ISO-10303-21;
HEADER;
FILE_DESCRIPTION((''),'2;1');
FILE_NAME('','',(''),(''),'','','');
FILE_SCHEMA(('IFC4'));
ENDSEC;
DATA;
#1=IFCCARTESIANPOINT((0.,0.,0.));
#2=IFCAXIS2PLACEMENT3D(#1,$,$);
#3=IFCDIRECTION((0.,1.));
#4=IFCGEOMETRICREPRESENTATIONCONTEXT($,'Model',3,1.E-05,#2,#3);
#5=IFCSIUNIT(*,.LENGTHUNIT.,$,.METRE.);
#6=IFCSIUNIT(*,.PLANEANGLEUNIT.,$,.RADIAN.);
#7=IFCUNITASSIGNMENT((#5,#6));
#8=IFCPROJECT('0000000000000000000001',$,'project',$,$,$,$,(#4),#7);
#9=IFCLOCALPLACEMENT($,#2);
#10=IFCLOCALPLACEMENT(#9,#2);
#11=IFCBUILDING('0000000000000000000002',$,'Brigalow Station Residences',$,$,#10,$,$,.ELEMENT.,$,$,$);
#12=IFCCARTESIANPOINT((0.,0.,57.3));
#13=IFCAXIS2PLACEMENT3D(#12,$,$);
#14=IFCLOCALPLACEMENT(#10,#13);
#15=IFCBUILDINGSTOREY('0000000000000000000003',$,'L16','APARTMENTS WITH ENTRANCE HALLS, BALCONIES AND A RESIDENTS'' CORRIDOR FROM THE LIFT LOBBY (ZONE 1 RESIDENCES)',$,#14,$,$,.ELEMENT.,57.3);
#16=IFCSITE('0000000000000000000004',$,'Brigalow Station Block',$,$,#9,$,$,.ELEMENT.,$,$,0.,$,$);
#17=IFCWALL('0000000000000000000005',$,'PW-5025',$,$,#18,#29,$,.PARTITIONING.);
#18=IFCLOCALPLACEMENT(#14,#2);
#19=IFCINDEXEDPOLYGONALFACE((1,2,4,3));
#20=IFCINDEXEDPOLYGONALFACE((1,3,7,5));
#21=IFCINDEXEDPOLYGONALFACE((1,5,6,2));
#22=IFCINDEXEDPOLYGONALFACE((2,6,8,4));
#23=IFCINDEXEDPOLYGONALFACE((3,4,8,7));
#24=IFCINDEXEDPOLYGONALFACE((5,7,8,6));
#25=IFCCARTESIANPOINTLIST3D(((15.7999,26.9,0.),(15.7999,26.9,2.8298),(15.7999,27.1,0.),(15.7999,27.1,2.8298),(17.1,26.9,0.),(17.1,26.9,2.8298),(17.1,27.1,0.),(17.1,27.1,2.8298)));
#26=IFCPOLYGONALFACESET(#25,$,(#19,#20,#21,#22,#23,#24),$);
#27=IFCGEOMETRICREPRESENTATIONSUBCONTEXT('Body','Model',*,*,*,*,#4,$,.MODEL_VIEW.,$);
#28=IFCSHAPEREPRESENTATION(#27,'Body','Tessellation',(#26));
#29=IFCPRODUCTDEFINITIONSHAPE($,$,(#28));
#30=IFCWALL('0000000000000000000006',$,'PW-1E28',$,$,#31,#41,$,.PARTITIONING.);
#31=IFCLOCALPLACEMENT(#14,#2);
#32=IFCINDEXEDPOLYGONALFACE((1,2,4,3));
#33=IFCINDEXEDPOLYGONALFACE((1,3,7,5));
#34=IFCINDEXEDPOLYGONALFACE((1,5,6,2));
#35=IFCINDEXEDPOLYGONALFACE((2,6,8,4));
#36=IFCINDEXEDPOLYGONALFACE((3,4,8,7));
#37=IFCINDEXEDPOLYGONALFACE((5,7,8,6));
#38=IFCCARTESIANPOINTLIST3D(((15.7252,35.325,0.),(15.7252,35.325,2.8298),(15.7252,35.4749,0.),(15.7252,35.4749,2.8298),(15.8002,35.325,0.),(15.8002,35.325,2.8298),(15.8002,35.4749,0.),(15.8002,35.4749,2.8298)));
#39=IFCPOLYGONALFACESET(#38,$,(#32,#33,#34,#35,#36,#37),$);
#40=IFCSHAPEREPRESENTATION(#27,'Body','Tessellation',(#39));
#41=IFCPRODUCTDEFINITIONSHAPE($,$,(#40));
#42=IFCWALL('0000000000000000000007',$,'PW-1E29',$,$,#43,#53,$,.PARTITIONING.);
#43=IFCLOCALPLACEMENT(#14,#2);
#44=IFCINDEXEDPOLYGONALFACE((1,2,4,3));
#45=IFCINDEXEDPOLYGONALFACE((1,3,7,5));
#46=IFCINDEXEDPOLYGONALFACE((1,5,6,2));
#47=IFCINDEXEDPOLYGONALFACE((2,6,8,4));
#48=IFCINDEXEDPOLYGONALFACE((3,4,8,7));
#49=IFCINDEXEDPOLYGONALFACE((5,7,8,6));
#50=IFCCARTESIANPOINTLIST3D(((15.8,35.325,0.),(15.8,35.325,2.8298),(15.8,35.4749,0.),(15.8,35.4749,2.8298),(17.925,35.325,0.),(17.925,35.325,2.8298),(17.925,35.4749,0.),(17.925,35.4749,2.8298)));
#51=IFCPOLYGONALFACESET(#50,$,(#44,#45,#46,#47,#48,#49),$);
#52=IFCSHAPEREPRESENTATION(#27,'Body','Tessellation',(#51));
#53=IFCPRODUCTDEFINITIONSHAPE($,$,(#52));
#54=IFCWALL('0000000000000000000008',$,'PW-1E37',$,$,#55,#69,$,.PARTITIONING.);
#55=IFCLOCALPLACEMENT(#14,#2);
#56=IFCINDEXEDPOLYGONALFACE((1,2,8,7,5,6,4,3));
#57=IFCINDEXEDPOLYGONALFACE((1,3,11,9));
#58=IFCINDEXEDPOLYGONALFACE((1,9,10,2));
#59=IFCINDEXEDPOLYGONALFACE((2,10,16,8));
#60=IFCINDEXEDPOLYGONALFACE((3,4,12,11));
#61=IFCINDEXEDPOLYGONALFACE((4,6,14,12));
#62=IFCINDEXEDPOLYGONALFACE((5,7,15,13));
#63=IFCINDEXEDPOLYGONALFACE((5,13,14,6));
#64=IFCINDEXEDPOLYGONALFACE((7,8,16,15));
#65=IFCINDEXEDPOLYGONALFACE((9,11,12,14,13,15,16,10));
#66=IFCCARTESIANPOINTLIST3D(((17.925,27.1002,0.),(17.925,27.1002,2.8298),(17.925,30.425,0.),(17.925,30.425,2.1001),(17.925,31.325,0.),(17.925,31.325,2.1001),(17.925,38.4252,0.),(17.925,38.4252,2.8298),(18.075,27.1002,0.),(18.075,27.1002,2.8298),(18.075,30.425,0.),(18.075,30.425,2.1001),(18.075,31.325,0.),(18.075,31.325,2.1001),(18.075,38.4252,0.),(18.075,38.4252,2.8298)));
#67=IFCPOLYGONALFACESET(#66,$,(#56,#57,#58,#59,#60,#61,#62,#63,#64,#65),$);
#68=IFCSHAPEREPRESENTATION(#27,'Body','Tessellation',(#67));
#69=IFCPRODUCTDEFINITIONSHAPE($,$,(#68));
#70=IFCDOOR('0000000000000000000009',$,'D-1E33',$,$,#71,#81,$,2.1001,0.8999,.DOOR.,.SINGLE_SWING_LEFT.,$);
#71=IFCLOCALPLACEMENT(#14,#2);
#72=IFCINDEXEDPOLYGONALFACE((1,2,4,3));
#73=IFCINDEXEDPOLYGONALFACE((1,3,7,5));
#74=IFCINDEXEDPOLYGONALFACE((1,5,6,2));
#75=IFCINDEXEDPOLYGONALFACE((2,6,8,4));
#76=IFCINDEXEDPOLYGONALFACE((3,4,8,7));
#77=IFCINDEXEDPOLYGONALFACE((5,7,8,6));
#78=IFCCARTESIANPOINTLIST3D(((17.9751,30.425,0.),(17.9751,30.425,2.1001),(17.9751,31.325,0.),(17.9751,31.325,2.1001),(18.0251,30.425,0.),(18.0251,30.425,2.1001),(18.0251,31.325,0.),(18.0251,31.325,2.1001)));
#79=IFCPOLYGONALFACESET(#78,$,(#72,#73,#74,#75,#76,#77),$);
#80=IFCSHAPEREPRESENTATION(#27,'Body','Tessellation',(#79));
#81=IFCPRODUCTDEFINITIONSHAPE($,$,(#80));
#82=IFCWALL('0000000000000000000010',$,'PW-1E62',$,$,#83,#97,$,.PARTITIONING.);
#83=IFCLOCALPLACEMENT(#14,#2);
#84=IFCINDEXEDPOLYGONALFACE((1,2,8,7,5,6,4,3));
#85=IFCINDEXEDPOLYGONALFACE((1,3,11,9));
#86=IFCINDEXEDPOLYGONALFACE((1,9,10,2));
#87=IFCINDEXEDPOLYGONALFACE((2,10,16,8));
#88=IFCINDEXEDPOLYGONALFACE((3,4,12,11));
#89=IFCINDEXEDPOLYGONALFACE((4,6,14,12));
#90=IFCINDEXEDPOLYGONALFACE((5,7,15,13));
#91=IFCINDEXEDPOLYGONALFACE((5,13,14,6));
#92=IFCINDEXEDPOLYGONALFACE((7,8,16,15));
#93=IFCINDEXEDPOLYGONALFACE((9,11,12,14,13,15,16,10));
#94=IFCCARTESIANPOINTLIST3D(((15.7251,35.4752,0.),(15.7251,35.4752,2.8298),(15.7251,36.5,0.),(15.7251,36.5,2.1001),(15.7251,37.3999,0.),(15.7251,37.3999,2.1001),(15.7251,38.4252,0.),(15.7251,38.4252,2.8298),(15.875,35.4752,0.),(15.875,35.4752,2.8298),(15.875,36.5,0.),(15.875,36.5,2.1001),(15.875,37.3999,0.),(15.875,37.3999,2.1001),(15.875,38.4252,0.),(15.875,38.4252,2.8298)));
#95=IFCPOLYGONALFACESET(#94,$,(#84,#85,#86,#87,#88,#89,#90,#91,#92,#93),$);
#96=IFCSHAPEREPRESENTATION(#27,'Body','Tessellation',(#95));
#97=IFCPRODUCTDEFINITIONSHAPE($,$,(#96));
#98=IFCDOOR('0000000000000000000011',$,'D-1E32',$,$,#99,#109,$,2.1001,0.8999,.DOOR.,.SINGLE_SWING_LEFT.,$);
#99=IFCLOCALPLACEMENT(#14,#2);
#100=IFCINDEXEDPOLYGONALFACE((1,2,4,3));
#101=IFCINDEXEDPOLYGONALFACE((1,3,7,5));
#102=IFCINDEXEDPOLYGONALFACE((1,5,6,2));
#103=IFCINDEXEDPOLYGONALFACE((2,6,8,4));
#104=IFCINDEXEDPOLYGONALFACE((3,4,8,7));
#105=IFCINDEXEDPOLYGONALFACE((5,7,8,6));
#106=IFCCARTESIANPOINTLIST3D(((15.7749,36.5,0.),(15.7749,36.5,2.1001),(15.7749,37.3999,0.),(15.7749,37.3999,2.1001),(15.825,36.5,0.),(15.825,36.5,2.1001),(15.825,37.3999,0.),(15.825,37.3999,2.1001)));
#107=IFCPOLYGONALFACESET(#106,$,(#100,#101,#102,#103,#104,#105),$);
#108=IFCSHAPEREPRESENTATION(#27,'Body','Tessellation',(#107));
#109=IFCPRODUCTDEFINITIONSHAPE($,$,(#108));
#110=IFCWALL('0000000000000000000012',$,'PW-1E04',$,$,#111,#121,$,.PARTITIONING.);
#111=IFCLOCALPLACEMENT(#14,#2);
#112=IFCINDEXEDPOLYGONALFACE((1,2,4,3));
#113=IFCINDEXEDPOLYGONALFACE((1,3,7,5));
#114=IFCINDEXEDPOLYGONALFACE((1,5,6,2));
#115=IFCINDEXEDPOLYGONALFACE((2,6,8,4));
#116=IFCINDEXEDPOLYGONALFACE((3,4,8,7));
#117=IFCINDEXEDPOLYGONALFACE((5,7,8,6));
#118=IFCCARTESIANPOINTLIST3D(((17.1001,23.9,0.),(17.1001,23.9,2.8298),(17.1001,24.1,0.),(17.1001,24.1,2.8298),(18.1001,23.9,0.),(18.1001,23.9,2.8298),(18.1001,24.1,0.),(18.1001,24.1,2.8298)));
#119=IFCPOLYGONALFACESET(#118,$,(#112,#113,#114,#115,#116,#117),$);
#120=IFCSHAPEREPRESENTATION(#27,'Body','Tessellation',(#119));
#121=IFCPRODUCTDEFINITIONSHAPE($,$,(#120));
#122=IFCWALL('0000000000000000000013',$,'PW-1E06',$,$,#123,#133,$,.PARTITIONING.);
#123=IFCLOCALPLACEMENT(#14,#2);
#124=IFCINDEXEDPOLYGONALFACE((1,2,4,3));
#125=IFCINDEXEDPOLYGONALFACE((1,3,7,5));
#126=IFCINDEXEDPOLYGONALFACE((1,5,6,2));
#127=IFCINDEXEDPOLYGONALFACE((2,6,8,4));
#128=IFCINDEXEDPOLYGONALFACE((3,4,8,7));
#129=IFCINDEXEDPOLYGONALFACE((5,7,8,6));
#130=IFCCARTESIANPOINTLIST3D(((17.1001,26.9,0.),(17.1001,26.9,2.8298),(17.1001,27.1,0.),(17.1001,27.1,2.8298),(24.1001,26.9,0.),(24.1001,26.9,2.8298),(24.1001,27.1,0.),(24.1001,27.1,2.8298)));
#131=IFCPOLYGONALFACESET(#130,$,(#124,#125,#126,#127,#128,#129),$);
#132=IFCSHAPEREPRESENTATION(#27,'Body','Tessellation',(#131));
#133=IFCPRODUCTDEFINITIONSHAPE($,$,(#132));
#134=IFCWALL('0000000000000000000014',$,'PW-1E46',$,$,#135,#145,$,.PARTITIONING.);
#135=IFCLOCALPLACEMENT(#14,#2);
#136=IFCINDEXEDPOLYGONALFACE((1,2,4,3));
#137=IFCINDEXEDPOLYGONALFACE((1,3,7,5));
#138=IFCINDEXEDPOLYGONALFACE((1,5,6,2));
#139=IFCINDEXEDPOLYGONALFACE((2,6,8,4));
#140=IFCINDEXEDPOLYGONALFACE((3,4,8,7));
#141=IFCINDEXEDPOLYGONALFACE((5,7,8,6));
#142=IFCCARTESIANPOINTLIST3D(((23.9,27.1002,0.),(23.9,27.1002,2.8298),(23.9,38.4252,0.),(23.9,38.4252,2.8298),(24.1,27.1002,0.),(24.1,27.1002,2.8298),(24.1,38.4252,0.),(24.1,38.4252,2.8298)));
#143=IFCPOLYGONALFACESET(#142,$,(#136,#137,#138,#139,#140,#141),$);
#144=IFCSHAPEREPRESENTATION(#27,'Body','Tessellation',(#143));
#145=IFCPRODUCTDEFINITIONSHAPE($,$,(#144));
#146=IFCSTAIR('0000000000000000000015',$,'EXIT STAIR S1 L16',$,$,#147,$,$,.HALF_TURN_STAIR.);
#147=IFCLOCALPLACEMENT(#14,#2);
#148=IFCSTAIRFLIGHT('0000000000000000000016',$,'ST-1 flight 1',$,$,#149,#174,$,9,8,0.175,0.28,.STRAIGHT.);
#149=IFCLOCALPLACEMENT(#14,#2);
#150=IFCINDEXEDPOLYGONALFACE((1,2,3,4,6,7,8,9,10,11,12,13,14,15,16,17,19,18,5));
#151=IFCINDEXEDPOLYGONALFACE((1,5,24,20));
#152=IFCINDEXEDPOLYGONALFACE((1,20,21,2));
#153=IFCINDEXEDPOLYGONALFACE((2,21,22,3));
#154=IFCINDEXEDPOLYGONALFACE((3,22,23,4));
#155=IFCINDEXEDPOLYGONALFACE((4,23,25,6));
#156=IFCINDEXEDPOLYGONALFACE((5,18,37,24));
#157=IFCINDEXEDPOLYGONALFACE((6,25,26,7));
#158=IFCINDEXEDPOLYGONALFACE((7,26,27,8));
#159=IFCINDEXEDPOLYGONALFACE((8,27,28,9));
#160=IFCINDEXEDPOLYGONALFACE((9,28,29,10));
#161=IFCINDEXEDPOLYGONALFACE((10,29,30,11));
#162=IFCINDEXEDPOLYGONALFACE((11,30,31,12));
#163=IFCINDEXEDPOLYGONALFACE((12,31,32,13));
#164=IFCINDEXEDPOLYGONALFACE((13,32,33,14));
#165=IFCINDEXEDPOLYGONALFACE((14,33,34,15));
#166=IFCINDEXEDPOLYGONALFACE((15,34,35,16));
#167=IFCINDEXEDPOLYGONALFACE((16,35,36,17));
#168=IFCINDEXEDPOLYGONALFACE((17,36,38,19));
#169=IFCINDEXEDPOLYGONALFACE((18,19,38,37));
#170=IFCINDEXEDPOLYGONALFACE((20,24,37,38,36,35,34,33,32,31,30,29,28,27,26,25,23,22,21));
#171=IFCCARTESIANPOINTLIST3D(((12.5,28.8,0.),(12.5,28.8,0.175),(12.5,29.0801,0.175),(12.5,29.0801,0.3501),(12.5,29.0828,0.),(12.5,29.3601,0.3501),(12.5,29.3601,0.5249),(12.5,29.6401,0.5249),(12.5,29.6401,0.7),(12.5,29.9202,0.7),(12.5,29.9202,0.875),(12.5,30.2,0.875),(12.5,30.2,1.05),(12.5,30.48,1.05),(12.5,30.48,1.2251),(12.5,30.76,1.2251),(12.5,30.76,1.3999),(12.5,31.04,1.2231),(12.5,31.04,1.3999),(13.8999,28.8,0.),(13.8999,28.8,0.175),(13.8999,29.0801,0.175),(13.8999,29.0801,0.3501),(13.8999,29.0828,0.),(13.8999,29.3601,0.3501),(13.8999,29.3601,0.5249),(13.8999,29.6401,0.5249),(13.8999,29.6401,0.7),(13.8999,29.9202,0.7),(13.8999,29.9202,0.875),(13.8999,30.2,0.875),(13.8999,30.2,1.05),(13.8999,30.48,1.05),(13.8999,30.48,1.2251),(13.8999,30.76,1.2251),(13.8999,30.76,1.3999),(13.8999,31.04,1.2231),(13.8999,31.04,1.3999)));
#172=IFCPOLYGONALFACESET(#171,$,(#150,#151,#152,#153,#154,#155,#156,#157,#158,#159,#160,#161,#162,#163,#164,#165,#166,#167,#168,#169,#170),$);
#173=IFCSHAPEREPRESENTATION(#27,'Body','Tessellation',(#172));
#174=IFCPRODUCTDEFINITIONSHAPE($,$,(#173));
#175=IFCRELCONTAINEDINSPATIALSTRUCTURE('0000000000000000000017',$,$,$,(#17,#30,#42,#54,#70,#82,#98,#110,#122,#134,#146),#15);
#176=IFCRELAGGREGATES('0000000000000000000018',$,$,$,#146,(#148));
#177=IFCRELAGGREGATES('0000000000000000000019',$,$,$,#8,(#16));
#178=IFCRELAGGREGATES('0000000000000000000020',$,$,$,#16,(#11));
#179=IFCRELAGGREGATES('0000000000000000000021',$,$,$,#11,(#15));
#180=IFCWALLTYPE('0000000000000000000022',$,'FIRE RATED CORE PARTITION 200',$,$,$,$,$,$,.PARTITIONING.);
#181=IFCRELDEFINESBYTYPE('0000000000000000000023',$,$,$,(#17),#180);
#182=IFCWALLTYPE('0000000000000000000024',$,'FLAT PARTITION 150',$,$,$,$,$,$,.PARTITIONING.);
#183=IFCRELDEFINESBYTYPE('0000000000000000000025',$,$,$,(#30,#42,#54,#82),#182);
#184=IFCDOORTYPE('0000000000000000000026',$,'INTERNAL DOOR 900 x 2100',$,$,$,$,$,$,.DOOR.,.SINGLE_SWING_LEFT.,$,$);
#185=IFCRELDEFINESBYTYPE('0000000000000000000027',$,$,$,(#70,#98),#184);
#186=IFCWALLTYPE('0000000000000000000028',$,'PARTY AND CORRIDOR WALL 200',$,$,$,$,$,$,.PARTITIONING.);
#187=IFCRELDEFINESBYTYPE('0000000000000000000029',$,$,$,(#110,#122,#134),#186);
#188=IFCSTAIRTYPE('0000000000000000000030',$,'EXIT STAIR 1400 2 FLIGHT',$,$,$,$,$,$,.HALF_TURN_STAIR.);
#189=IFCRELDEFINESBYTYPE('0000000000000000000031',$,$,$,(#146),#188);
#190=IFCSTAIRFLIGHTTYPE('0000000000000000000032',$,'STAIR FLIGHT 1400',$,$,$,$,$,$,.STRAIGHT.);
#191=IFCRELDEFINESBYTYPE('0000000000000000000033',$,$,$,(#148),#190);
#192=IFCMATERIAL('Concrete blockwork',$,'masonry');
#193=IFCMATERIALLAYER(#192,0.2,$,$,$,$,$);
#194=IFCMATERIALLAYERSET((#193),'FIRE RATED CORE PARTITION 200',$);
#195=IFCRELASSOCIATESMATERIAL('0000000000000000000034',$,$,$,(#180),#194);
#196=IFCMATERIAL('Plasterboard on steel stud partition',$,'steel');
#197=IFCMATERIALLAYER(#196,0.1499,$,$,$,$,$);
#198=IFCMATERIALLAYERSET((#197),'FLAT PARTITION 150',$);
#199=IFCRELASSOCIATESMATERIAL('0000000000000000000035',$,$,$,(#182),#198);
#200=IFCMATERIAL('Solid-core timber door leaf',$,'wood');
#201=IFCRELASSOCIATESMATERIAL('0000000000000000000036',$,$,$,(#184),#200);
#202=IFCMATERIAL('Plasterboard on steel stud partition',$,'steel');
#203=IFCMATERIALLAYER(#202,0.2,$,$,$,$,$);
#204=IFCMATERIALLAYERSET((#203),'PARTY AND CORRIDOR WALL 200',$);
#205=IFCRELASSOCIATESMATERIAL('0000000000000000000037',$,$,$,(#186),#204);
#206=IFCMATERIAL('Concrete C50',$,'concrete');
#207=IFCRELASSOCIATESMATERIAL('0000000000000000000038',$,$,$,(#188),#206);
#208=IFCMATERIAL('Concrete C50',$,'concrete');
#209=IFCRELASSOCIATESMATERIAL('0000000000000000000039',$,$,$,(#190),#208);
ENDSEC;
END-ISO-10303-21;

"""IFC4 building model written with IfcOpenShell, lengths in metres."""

from ifc_helpers import new_model, si_unit, direction, frame, frame_2d, origin, place, context, subcontext, project, spatial, polyline, rectangle, outline, extrude, material, layer, layer_set, type_object, element, fill, aggregate, save


model = new_model("IFC4")

# Units and contexts
model_context = context("Model", 3, precision=1e-05, world=origin(), true_north=direction((0.0, 1.0)))
body_context = subcontext(model_context, "Body", "Model", "MODEL_VIEW")
ifc_project = project(units=[si_unit("LENGTHUNIT", "METRE"), si_unit("PLANEANGLEUNIT", "RADIAN")], contexts=[model_context])

# Site, building, storey
site_placement = place(None, origin())
site = spatial("IfcSite", under=ifc_project, at=site_placement, Name="Brigalow Station Block", CompositionType="ELEMENT", RefElevation=0.0)
building_placement = place(site_placement, origin())
building = spatial("IfcBuilding", under=site, at=building_placement, Name="Brigalow Station Residences", CompositionType="ELEMENT")
storey_placement = place(building_placement, frame((0.0, 0.0, 57.3)))
storey = spatial("IfcBuildingStorey", under=building, at=storey_placement, Name="L16", Description="APARTMENTS WITH ENTRANCE HALLS, BALCONIES AND A RESIDENTS' CORRIDOR FROM THE LIFT LOBBY (ZONE 1 RESIDENCES)", CompositionType="ELEMENT", Elevation=57.3)

# Walls
ifc_material_1 = material(Name="Concrete blockwork", Category="masonry")
ifc_layer_1 = layer(ifc_material_1, 0.2)
ifc_layer_set_1 = layer_set([ifc_layer_1], Name="FIRE RATED CORE PARTITION 200")
wall_type_1 = type_object("IfcWallType", Name="FIRE RATED CORE PARTITION 200", PredefinedType="PARTITIONING", material=ifc_layer_set_1)
wall_1_placement = place(storey_placement, frame((15.8, 27.0, 0.0), z_axis=(0.0, 0.0, 1.0), x_axis=(1.0, 0.0, 0.0)))
element("IfcWall", 1, at=wall_1_placement, inside=storey, type_object=wall_type_1, Name="PW-5025", PredefinedType="PARTITIONING", context=body_context, shape_type="SweptSolid", body=[
    extrude(rectangle(XDim=1.3, YDim=0.2, at=frame_2d((0.6499, 0.0))), origin(), (0.0, 0.0, 1.0), 2.8298),
])
ifc_material_2 = material(Name="Plasterboard on steel stud partition", Category="steel")
ifc_layer_2 = layer(ifc_material_2, 0.1499)
ifc_layer_set_2 = layer_set([ifc_layer_2], Name="FLAT PARTITION 150")
wall_type_2 = type_object("IfcWallType", Name="FLAT PARTITION 150", PredefinedType="PARTITIONING", material=ifc_layer_set_2)
wall_2_placement = place(storey_placement, frame((15.7251, 35.3999, 0.0), z_axis=(0.0, 0.0, 1.0), x_axis=(1.0, 0.0, 0.0)))
element("IfcWall", 2, at=wall_2_placement, inside=storey, type_object=wall_type_2, Name="PW-1E28", PredefinedType="PARTITIONING", context=body_context, shape_type="SweptSolid", body=[
    extrude(rectangle(XDim=0.075, YDim=0.1499, at=frame_2d((0.0376, 0.0))), origin(), (0.0, 0.0, 1.0), 2.8298),
])
wall_3_placement = place(storey_placement, frame((15.8, 35.3999, 0.0), z_axis=(0.0, 0.0, 1.0), x_axis=(1.0, 0.0, 0.0)))
element("IfcWall", 3, at=wall_3_placement, inside=storey, type_object=wall_type_2, Name="PW-1E29", PredefinedType="PARTITIONING", context=body_context, shape_type="SweptSolid", body=[
    extrude(rectangle(XDim=2.125, YDim=0.1499, at=frame_2d((1.0625, 0.0))), origin(), (0.0, 0.0, 1.0), 2.8298),
])

# Walls, openings, doors
wall_4_placement = place(storey_placement, frame((18.0, 27.1001, 0.0), z_axis=(0.0, 0.0, 1.0), x_axis=(0.0, 1.0, 0.0)))
wall_4 = element("IfcWall", 4, at=wall_4_placement, inside=storey, type_object=wall_type_2, Name="PW-1E37", PredefinedType="PARTITIONING", context=body_context, shape_type="SweptSolid", body=[
    extrude(rectangle(XDim=11.325, YDim=0.1499, at=frame_2d((5.6626, 0.0))), origin(), (0.0, 0.0, 1.0), 2.8298),
])
opening_1_placement = place(wall_4_placement, frame((3.325, 0.0, 0.0)))
opening_1 = element("IfcOpeningElement", 5, at=opening_1_placement, cuts=wall_4, PredefinedType="OPENING", context=body_context, shape_type="SweptSolid", body=[
    extrude(rectangle(XDim=0.8999, YDim=2.1001, at=frame_2d((0.45, 1.05))), frame((0.0, 0.085, 0.0), z_axis=(0.0, -1.0, 0.0), x_axis=(1.0, 0.0, 0.0)), (0.0, 0.0, 1.0), 0.1699),
])
ifc_material_3 = material(Name="Solid-core timber door leaf", Category="wood")
door_type = type_object("IfcDoorType", Name="INTERNAL DOOR 900 x 2100", OperationType="SINGLE_SWING_LEFT", PredefinedType="DOOR", material=ifc_material_3)
door_1_placement = place(opening_1_placement, origin())
door_1 = element("IfcDoor", 6, at=door_1_placement, inside=storey, type_object=door_type, Name="D-1E33", OperationType="SINGLE_SWING_LEFT", OverallHeight=2.1001, OverallWidth=0.8999, PredefinedType="DOOR", context=body_context, shape_type="SweptSolid", body=[
    extrude(rectangle(XDim=0.8999, YDim=2.1001, at=frame_2d((0.45, 1.05))), frame((0.0, 0.0249, 0.0), z_axis=(0.0, -1.0, 0.0), x_axis=(1.0, 0.0, 0.0)), (0.0, 0.0, 1.0), 0.05),
])
fill(opening_1, door_1)
wall_5_placement = place(storey_placement, frame((15.8, 35.4751, 0.0), z_axis=(0.0, 0.0, 1.0), x_axis=(0.0, 1.0, 0.0)))
wall_5 = element("IfcWall", 7, at=wall_5_placement, inside=storey, type_object=wall_type_2, Name="PW-1E62", PredefinedType="PARTITIONING", context=body_context, shape_type="SweptSolid", body=[
    extrude(rectangle(XDim=2.95, YDim=0.1499, at=frame_2d((1.4751, 0.0))), origin(), (0.0, 0.0, 1.0), 2.8298),
])
opening_2_placement = place(wall_5_placement, frame((1.0249, 0.0, 0.0)))
opening_2 = element("IfcOpeningElement", 8, at=opening_2_placement, cuts=wall_5, PredefinedType="OPENING", context=body_context, shape_type="SweptSolid", body=[
    extrude(rectangle(XDim=0.8999, YDim=2.1001, at=frame_2d((0.45, 1.05))), frame((0.0, 0.085, 0.0), z_axis=(0.0, -1.0, 0.0), x_axis=(1.0, 0.0, 0.0)), (0.0, 0.0, 1.0), 0.1699),
])
door_2_placement = place(opening_2_placement, frame((0.8999, 0.0, 0.0), z_axis=(0.0, 0.0, 1.0), x_axis=(-1.0, 0.0, 0.0)))
door_2 = element("IfcDoor", 9, at=door_2_placement, inside=storey, type_object=door_type, Name="D-1E32", OperationType="SINGLE_SWING_LEFT", OverallHeight=2.1001, OverallWidth=0.8999, PredefinedType="DOOR", context=body_context, shape_type="SweptSolid", body=[
    extrude(rectangle(XDim=0.8999, YDim=2.1001, at=frame_2d((0.45, 1.05))), frame((0.0, 0.0249, 0.0), z_axis=(0.0, -1.0, 0.0), x_axis=(1.0, 0.0, 0.0)), (0.0, 0.0, 1.0), 0.05),
])
fill(opening_2, door_2)

# Walls
ifc_material_4 = material(Name="Plasterboard on steel stud partition", Category="steel")
ifc_layer_3 = layer(ifc_material_4, 0.2)
ifc_layer_set_3 = layer_set([ifc_layer_3], Name="PARTY AND CORRIDOR WALL 200")
wall_type_3 = type_object("IfcWallType", Name="PARTY AND CORRIDOR WALL 200", PredefinedType="PARTITIONING", material=ifc_layer_set_3)
wall_6_placement = place(storey_placement, frame((17.1001, 24.0, 0.0), z_axis=(0.0, 0.0, 1.0), x_axis=(1.0, 0.0, 0.0)))
element("IfcWall", 10, at=wall_6_placement, inside=storey, type_object=wall_type_3, Name="PW-1E04", PredefinedType="PARTITIONING", context=body_context, shape_type="SweptSolid", body=[
    extrude(rectangle(XDim=1.0, YDim=0.2, at=frame_2d((0.5, 0.0))), origin(), (0.0, 0.0, 1.0), 2.8298),
])
wall_7_placement = place(storey_placement, frame((17.1001, 27.0, 0.0), z_axis=(0.0, 0.0, 1.0), x_axis=(1.0, 0.0, 0.0)))
element("IfcWall", 11, at=wall_7_placement, inside=storey, type_object=wall_type_3, Name="PW-1E06", PredefinedType="PARTITIONING", context=body_context, shape_type="SweptSolid", body=[
    extrude(rectangle(XDim=7.0, YDim=0.2, at=frame_2d((3.5, 0.0))), origin(), (0.0, 0.0, 1.0), 2.8298),
])
wall_8_placement = place(storey_placement, frame((24.0, 27.1001, 0.0), z_axis=(0.0, 0.0, 1.0), x_axis=(0.0, 1.0, 0.0)))
element("IfcWall", 12, at=wall_8_placement, inside=storey, type_object=wall_type_3, Name="PW-1E46", PredefinedType="PARTITIONING", context=body_context, shape_type="SweptSolid", body=[
    extrude(rectangle(XDim=11.325, YDim=0.2, at=frame_2d((5.6626, 0.0))), origin(), (0.0, 0.0, 1.0), 2.8298),
])

# Stair, stair flight
ifc_material_5 = material(Name="Concrete C50", Category="concrete")
stair_type = type_object("IfcStairType", Name="EXIT STAIR 1400 2 FLIGHT", PredefinedType="HALF_TURN_STAIR", material=ifc_material_5)
stair_placement = place(storey_placement, origin())
stair = element("IfcStair", 13, at=stair_placement, inside=storey, type_object=stair_type, Name="EXIT STAIR S1 L16", PredefinedType="HALF_TURN_STAIR")
ifc_material_6 = material(Name="Concrete C50", Category="concrete")
stair_flight_type = type_object("IfcStairFlightType", Name="STAIR FLIGHT 1400", PredefinedType="STRAIGHT", material=ifc_material_6)
stair_flight_1_placement = place(storey_placement, frame((13.2, 28.8, 0.0), z_axis=(0.0, 0.0, 1.0), x_axis=(0.0, 1.0, 0.0)))
stair_flight_1 = element("IfcStairFlight", 14, at=stair_flight_1_placement, type_object=stair_flight_type, Name="ST-1 flight 1", NumberOfRisers=9, NumberOfTreads=8, PredefinedType="STRAIGHT", RiserHeight=0.175, TreadLength=0.28, context=body_context, shape_type="SweptSolid", body=[
    extrude(outline(polyline([(0.0, 0.0), (0.0, 0.175), (0.28, 0.175), (0.28, 0.3501), (0.5601, 0.3501), (0.5601, 0.5249), (0.8401, 0.5249), (0.8401, 0.7), (1.1201, 0.7), (1.1201, 0.875), (1.3999, 0.875), (1.3999, 1.05), (1.6799, 1.05), (1.6799, 1.2251), (1.96, 1.2251), (1.96, 1.3999), (2.24, 1.3999), (2.24, 1.575), (2.24, 1.2231), (0.2827, 0.0), (0.0, 0.0)])), frame((0.0, 0.7, 0.0), z_axis=(0.0, -1.0, 0.0), x_axis=(1.0, 0.0, 0.0)), (0.0, 0.0, 1.0), 1.3999),
])
aggregate(stair, [stair_flight_1])

save(model, "model.ifc")
